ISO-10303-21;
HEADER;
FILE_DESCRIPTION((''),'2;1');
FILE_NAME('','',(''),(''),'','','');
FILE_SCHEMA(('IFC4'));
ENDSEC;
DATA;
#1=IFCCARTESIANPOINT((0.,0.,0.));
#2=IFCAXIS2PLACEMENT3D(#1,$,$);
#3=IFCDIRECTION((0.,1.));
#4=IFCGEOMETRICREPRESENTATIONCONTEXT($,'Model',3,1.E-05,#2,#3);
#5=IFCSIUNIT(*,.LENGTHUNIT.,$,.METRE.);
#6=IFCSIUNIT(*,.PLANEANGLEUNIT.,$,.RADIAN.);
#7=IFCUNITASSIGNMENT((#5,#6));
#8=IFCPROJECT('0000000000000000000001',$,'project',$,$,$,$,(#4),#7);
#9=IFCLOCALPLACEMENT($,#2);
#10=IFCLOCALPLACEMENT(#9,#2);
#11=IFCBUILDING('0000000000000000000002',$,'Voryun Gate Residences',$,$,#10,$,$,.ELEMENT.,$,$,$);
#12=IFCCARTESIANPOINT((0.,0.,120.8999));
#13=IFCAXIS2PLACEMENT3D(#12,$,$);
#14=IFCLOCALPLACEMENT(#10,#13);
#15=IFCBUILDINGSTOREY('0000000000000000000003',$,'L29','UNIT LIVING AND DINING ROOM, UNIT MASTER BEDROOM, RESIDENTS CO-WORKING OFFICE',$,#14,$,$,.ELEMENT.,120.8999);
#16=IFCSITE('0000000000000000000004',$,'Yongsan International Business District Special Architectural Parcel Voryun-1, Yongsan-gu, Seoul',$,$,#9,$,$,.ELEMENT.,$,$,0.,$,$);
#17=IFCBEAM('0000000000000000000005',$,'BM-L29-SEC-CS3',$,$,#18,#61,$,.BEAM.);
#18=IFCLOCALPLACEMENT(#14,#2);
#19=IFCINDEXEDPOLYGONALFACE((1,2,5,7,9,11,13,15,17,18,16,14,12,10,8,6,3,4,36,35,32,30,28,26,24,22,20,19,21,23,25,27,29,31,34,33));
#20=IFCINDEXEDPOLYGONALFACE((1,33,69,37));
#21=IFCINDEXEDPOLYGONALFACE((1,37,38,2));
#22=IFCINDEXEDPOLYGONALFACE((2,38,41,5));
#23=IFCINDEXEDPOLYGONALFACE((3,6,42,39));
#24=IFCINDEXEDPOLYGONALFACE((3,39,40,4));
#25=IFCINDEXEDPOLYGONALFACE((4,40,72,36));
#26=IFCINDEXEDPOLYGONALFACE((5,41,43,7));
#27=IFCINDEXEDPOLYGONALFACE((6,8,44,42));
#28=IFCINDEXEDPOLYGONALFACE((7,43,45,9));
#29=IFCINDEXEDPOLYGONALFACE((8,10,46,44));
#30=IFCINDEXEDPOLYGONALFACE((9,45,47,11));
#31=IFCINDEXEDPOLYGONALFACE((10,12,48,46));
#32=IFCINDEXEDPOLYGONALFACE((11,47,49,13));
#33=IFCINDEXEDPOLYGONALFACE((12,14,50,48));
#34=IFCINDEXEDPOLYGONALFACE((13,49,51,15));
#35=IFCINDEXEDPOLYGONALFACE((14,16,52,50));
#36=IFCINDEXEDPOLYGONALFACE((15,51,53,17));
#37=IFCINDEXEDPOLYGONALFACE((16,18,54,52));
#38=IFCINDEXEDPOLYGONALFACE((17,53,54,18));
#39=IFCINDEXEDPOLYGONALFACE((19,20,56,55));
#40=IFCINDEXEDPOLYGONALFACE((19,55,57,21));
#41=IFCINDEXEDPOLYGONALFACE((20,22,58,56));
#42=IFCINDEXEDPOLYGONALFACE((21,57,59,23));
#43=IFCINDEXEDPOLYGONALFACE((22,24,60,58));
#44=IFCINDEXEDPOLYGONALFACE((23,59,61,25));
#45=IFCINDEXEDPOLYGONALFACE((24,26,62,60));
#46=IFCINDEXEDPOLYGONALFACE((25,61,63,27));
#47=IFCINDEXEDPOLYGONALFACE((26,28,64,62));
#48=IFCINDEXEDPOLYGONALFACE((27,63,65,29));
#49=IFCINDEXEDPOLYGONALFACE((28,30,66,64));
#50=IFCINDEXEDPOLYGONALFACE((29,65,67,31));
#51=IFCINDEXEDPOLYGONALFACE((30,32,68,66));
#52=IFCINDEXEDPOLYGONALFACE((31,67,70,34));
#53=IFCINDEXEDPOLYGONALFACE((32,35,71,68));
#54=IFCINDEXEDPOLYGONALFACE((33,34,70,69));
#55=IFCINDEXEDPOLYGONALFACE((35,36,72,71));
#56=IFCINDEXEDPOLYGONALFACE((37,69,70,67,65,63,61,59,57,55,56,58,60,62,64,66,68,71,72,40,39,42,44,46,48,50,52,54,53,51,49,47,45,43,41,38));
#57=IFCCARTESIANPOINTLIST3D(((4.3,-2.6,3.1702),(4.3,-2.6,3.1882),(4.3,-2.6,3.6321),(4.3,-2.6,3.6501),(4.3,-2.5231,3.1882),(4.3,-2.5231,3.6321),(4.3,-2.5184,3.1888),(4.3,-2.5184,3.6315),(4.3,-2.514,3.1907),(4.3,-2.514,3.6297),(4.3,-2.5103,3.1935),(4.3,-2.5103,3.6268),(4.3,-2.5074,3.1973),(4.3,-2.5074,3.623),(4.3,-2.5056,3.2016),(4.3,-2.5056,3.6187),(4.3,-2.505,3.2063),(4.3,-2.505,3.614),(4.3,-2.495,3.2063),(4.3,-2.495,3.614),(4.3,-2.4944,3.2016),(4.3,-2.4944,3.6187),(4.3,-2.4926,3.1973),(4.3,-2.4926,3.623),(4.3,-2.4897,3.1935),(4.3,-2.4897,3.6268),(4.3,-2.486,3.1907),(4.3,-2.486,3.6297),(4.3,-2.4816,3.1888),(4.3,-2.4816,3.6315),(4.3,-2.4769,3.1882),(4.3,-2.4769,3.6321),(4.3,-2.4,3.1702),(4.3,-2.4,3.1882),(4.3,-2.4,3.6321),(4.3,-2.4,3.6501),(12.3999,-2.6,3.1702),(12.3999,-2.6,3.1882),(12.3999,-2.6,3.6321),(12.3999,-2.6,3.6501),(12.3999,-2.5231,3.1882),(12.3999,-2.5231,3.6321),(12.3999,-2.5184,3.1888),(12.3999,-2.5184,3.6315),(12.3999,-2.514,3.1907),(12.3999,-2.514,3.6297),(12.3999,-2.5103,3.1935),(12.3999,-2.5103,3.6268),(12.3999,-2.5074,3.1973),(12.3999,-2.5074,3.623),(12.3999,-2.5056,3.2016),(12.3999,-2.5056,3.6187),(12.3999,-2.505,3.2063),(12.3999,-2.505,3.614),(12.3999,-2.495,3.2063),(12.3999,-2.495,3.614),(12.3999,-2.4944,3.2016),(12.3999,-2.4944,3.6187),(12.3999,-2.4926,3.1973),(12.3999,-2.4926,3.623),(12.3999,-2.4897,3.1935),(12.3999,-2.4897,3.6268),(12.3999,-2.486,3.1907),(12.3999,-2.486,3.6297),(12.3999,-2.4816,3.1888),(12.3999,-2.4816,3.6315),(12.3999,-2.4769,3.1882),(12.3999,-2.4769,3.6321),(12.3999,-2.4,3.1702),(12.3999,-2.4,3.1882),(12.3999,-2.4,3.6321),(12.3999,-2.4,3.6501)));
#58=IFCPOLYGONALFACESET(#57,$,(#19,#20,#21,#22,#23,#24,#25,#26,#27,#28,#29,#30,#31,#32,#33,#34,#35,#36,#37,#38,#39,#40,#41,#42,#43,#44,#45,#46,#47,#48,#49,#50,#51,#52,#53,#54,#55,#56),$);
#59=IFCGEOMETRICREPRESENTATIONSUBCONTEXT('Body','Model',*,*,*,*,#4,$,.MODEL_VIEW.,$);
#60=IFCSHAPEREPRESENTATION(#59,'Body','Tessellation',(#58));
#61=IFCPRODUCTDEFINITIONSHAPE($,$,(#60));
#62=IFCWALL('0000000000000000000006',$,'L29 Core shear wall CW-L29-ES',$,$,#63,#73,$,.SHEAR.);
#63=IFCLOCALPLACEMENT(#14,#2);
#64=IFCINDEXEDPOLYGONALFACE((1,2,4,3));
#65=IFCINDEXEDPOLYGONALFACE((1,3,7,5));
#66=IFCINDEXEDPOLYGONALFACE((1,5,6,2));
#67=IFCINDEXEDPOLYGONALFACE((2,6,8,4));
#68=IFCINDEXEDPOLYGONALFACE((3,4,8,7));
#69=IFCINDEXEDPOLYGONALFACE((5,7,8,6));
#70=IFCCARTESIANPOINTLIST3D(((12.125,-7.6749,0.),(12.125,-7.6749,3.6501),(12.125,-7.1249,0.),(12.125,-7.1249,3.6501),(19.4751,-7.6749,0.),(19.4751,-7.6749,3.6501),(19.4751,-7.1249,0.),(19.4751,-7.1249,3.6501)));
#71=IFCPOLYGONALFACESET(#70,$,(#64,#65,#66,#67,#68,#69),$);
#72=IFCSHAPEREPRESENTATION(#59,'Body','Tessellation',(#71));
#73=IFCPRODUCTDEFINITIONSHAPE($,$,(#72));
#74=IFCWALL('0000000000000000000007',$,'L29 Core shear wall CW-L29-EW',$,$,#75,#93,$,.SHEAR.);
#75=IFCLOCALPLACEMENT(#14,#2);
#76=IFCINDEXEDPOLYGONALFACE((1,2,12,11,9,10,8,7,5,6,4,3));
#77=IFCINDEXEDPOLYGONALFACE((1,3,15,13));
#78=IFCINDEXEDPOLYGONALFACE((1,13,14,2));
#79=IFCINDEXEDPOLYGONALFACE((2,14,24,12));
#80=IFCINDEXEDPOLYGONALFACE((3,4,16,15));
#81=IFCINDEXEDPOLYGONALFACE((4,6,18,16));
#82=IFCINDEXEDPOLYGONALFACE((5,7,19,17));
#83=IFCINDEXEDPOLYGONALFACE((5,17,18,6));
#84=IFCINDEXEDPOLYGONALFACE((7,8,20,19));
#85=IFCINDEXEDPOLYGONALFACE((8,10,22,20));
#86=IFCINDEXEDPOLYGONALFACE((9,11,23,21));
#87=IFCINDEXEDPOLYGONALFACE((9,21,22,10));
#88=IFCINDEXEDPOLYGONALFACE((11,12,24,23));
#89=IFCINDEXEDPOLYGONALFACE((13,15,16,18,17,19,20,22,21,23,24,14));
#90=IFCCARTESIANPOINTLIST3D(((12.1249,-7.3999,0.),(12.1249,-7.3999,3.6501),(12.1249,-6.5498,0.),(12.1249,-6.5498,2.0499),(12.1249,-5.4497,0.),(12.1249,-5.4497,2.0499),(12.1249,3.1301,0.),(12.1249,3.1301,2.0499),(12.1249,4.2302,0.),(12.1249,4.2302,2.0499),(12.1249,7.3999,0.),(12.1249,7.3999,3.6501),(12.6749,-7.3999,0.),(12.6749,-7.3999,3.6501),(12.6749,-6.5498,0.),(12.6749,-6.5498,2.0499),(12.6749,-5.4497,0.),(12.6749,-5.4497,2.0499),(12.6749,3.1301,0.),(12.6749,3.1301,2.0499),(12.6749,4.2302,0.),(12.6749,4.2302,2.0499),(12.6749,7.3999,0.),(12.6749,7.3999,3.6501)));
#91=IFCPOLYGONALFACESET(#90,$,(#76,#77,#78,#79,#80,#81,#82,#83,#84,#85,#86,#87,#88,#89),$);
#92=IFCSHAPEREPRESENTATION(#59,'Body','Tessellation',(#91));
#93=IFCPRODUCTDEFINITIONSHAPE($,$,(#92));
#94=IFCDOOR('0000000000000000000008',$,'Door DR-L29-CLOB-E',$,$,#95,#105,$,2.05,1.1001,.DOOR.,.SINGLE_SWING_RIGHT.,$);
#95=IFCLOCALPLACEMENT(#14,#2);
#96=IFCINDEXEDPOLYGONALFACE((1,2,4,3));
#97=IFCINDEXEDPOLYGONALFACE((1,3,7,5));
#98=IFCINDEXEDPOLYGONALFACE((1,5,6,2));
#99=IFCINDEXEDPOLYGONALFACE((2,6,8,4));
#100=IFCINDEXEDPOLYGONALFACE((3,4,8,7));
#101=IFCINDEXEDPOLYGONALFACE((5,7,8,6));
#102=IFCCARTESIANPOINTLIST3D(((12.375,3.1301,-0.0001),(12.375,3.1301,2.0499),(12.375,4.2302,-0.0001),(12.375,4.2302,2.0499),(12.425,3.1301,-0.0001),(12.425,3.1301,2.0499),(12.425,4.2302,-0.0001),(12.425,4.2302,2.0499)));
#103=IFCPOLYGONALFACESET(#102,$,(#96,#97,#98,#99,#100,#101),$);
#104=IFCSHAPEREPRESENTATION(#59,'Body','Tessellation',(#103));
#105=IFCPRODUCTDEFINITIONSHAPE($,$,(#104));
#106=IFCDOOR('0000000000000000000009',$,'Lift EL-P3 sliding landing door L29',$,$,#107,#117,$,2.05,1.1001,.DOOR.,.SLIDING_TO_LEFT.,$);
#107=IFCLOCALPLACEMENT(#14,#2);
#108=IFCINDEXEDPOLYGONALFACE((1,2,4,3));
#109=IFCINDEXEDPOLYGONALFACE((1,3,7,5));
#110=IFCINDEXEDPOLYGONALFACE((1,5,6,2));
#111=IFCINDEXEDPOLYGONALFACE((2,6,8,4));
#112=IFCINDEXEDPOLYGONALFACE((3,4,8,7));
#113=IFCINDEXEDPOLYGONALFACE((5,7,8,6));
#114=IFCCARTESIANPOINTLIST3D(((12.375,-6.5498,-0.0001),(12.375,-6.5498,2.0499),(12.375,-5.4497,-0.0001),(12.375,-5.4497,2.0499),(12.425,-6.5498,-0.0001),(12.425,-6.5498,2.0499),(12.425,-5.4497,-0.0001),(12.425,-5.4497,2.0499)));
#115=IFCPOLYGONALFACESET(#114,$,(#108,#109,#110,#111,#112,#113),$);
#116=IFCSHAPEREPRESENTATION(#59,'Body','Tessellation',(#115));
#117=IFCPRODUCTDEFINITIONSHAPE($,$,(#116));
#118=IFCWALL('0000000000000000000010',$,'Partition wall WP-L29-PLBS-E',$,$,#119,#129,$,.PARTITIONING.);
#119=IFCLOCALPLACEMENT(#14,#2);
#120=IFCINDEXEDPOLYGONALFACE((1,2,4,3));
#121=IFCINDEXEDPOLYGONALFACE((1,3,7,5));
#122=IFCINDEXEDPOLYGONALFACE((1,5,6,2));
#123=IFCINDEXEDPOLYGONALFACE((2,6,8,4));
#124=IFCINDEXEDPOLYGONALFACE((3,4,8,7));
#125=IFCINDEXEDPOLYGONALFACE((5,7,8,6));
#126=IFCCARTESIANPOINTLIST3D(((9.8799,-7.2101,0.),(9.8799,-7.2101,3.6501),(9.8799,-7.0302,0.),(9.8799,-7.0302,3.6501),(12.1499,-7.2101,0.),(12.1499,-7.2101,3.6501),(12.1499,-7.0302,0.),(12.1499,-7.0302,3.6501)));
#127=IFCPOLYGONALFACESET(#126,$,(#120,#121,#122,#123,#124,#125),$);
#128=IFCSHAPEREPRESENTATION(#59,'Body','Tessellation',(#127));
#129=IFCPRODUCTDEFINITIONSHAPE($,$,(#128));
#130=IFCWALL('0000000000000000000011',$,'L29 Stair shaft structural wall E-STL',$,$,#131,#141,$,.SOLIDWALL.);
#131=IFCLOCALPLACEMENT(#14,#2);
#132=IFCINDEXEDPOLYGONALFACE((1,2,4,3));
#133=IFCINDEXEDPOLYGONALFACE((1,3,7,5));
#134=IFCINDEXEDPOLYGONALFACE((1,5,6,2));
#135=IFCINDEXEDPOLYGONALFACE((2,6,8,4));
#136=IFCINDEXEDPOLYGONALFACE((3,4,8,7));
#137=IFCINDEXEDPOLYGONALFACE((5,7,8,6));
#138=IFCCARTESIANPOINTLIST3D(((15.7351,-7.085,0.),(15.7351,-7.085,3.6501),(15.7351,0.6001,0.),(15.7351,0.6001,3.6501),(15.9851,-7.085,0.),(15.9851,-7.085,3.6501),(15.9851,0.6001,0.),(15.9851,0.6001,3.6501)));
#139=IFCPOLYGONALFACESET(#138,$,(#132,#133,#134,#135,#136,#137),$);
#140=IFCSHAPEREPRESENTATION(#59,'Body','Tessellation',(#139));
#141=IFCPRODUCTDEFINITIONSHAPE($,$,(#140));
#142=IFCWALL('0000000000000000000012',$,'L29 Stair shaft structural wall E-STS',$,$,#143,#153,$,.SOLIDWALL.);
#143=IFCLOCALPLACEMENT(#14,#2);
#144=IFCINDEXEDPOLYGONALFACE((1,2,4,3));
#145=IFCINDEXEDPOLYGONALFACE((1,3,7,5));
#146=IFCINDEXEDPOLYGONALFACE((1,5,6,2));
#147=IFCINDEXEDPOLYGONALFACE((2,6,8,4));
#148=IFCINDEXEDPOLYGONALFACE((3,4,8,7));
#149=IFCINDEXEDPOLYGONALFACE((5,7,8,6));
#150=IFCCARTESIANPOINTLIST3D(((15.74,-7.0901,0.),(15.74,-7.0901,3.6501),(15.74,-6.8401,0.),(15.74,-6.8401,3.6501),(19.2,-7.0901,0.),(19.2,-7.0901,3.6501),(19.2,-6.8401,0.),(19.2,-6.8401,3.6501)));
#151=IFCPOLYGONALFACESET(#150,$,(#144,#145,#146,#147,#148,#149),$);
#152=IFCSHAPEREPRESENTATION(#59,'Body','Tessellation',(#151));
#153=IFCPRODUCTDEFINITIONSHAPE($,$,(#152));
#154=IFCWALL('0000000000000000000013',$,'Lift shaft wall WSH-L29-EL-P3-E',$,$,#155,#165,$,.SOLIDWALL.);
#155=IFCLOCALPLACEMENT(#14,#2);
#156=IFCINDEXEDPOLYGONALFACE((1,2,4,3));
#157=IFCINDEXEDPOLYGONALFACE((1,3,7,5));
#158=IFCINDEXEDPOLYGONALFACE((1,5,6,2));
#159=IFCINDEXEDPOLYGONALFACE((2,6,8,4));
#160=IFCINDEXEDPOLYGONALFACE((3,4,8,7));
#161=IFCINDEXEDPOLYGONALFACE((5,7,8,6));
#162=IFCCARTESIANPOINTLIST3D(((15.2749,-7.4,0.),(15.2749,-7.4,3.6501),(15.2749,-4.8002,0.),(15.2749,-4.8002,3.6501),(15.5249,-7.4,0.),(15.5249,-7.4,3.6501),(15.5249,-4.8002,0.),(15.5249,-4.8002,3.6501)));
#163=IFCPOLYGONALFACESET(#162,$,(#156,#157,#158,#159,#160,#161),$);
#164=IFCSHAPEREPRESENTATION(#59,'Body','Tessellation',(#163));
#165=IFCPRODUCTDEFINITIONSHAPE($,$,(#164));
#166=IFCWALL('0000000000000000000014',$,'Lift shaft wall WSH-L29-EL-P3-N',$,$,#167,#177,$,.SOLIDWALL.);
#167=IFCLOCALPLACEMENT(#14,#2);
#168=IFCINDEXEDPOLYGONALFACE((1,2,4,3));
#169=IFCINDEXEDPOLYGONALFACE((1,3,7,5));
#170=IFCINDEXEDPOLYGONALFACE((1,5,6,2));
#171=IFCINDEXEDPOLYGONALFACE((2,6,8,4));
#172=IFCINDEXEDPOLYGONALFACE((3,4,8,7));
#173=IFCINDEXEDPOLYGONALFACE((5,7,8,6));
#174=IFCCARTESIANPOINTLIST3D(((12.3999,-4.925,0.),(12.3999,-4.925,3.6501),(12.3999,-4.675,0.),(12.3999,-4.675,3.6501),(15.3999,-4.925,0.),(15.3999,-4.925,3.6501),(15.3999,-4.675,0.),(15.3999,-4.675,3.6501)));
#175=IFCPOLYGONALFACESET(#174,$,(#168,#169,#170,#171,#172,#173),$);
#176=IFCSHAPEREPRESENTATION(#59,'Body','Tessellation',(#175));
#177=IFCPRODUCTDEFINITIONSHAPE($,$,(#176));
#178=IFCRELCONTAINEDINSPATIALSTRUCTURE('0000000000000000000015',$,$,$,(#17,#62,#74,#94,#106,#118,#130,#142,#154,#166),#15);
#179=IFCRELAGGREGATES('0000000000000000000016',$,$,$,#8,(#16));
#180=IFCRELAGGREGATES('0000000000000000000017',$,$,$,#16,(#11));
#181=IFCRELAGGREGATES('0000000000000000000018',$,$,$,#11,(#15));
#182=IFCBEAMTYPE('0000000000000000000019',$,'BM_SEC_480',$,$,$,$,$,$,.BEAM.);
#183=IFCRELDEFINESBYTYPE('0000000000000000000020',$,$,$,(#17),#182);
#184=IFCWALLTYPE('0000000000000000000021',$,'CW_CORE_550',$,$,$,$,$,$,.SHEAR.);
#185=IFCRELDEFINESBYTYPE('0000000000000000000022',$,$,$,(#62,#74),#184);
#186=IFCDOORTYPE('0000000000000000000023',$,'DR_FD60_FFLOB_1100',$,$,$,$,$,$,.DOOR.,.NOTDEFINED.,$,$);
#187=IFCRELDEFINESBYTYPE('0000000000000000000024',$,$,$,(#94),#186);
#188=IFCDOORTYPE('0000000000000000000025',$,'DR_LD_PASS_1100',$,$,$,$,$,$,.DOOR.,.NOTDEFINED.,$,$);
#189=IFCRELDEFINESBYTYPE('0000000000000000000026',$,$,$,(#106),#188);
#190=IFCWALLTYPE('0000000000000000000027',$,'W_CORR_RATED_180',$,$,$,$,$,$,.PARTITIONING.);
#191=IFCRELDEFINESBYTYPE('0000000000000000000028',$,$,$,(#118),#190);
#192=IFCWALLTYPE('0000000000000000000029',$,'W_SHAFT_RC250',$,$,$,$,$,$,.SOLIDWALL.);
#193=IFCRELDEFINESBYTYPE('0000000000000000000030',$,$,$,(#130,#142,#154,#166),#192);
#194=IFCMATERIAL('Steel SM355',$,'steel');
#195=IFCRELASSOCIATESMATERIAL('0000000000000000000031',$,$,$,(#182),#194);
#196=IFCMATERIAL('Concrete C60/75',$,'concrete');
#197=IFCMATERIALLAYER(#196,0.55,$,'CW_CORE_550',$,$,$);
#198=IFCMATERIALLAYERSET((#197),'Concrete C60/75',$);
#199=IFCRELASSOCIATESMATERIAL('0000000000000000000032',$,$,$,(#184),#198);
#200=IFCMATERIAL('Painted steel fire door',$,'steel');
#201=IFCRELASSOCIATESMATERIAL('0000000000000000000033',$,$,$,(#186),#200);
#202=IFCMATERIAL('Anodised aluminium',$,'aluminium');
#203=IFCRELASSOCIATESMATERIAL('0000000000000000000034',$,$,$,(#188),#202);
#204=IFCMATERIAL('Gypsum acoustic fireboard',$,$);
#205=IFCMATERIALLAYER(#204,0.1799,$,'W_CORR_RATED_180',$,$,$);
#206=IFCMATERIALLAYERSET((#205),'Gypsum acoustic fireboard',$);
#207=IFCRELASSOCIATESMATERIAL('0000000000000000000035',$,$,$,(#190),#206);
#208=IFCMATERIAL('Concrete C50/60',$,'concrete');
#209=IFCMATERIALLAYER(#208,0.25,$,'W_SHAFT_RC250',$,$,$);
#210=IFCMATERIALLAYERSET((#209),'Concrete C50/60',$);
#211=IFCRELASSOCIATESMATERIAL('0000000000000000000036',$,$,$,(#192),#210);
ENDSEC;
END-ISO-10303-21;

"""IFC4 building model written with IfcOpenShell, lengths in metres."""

from ifc_helpers import new_model, si_unit, direction, frame, frame_2d, origin, origin_2d, place, context, subcontext, project, spatial, rectangle, i_section, extrude, material, layer, layer_set, material_profile, profile_set, type_object, element, fill, save


model = new_model("IFC4")

# Units and contexts
model_context = context("Model", 3, precision=1e-05, world=origin(), true_north=direction((0.0, 1.0)))
body_context = subcontext(model_context, "Body", "Model", "MODEL_VIEW")
ifc_project = project(units=[si_unit("LENGTHUNIT", "METRE"), si_unit("PLANEANGLEUNIT", "RADIAN")], contexts=[model_context])

# Site, building, storey
site_placement = place(None, origin())
site = spatial("IfcSite", under=ifc_project, at=site_placement, Name="Yongsan International Business District Special Architectural Parcel Voryun-1, Yongsan-gu, Seoul", CompositionType="ELEMENT", RefElevation=0.0)
building_placement = place(site_placement, origin())
building = spatial("IfcBuilding", under=site, at=building_placement, Name="Voryun Gate Residences", CompositionType="ELEMENT")
storey_placement = place(building_placement, frame((0.0, 0.0, 120.8999)))
storey = spatial("IfcBuildingStorey", under=building, at=storey_placement, Name="L29", Description="UNIT LIVING AND DINING ROOM, UNIT MASTER BEDROOM, RESIDENTS CO-WORKING OFFICE", CompositionType="ELEMENT", Elevation=120.8999)

# Beam
ifc_material_1 = material(Name="Steel SM355", Category="steel")
ifc_material_profile_1 = material_profile(ifc_material_1, i_section(OverallWidth=0.2, OverallDepth=0.48, WebThickness=0.01, FlangeThickness=0.0181, FilletRadius=0.0181, at=origin_2d()), Name="H-480x200x10x18")
ifc_profile_set_1 = profile_set([ifc_material_profile_1], Name="Steel SM355")
beam_type_1 = type_object("IfcBeamType", Name="BM_SEC_480", PredefinedType="BEAM", material=ifc_profile_set_1)
beam_1_placement = place(storey_placement, frame((4.3, -2.5, 3.4102), z_axis=(1.0, 0.0, 0.0), x_axis=(0.0, 1.0, 0.0)))
element("IfcBeam", 1, at=beam_1_placement, inside=storey, type_object=beam_type_1, Name="BM-L29-SEC-CS3", PredefinedType="BEAM", context=body_context, shape_type="SweptSolid", body=[
    extrude(i_section(OverallWidth=0.2, OverallDepth=0.48, WebThickness=0.01, FlangeThickness=0.0181, FilletRadius=0.0181, at=origin_2d()), origin(), (0.0, 0.0, 1.0), 8.0999),
])

# Wall
ifc_material_2 = material(Name="Concrete C60/75", Category="concrete")
ifc_layer_1 = layer(ifc_material_2, 0.55, Name="CW_CORE_550")
ifc_layer_set_1 = layer_set([ifc_layer_1], Name="Concrete C60/75")
wall_type_1 = type_object("IfcWallType", Name="CW_CORE_550", PredefinedType="SHEAR", material=ifc_layer_set_1)
wall_1_placement = place(storey_placement, frame((12.125, -7.3999, 0.0), z_axis=(0.0, 0.0, 1.0), x_axis=(1.0, 0.0, 0.0)))
element("IfcWall", 2, at=wall_1_placement, inside=storey, type_object=wall_type_1, Name="L29 Core shear wall CW-L29-ES", PredefinedType="SHEAR", context=body_context, shape_type="SweptSolid", body=[
    extrude(rectangle(XDim=7.3501, YDim=0.55, at=frame_2d((3.675, 0.0))), origin(), (0.0, 0.0, 1.0), 3.6501),
])

# Wall, openings, doors
wall_2_placement = place(storey_placement, frame((12.3999, -7.3999, 0.0), z_axis=(0.0, 0.0, 1.0), x_axis=(0.0, 1.0, 0.0)))
wall_2 = element("IfcWall", 3, at=wall_2_placement, inside=storey, type_object=wall_type_1, Name="L29 Core shear wall CW-L29-EW", PredefinedType="SHEAR", context=body_context, shape_type="SweptSolid", body=[
    extrude(rectangle(XDim=14.7998, YDim=0.55, at=frame_2d((7.3999, 0.0))), origin(), (0.0, 0.0, 1.0), 3.6501),
])
opening_1_placement = place(wall_2_placement, frame((0.8501, 0.0, 0.0)))
opening_1 = element("IfcOpeningElement", 4, at=opening_1_placement, cuts=wall_2, PredefinedType="OPENING", context=body_context, shape_type="SweptSolid", body=[
    extrude(rectangle(XDim=1.1001, YDim=2.05, at=frame_2d((0.55, 1.0249))), frame((0.0, 0.2849, 0.0), z_axis=(0.0, -1.0, 0.0), x_axis=(1.0, 0.0, 0.0)), (0.0, 0.0, 1.0), 0.5701),
])
opening_2_placement = place(wall_2_placement, frame((10.53, 0.0, 0.0)))
opening_2 = element("IfcOpeningElement", 5, at=opening_2_placement, cuts=wall_2, PredefinedType="OPENING", context=body_context, shape_type="SweptSolid", body=[
    extrude(rectangle(XDim=1.1001, YDim=2.05, at=frame_2d((0.55, 1.0249))), frame((0.0, 0.2849, 0.0), z_axis=(0.0, -1.0, 0.0), x_axis=(1.0, 0.0, 0.0)), (0.0, 0.0, 1.0), 0.5701),
])
ifc_material_3 = material(Name="Painted steel fire door", Category="steel")
door_type_1 = type_object("IfcDoorType", Name="DR_FD60_FFLOB_1100", OperationType="NOTDEFINED", PredefinedType="DOOR", material=ifc_material_3)
door_1_placement = place(opening_2_placement, origin())
door_1 = element("IfcDoor", 6, at=door_1_placement, inside=storey, type_object=door_type_1, Name="Door DR-L29-CLOB-E", OperationType="SINGLE_SWING_RIGHT", OverallHeight=2.05, OverallWidth=1.1001, PredefinedType="DOOR", context=body_context, shape_type="SweptSolid", body=[
    extrude(rectangle(XDim=1.1001, YDim=2.05, at=frame_2d((0.55, 1.0249))), frame((0.0, 0.0249, 0.0), z_axis=(0.0, -1.0, 0.0), x_axis=(1.0, 0.0, 0.0)), (0.0, 0.0, 1.0), 0.05),
])
fill(opening_2, door_1)
ifc_material_4 = material(Name="Anodised aluminium", Category="aluminium")
door_type_2 = type_object("IfcDoorType", Name="DR_LD_PASS_1100", OperationType="NOTDEFINED", PredefinedType="DOOR", material=ifc_material_4)
door_2_placement = place(opening_1_placement, origin())
door_2 = element("IfcDoor", 7, at=door_2_placement, inside=storey, type_object=door_type_2, Name="Lift EL-P3 sliding landing door L29", OperationType="SLIDING_TO_LEFT", OverallHeight=2.05, OverallWidth=1.1001, PredefinedType="DOOR", context=body_context, shape_type="SweptSolid", body=[
    extrude(rectangle(XDim=1.1001, YDim=2.05, at=frame_2d((0.55, 1.0249))), frame((0.0, 0.0249, 0.0), z_axis=(0.0, -1.0, 0.0), x_axis=(1.0, 0.0, 0.0)), (0.0, 0.0, 1.0), 0.05),
])
fill(opening_1, door_2)

# Walls
ifc_material_5 = material(Name="Gypsum acoustic fireboard")
ifc_layer_2 = layer(ifc_material_5, 0.1799, Name="W_CORR_RATED_180")
ifc_layer_set_2 = layer_set([ifc_layer_2], Name="Gypsum acoustic fireboard")
wall_type_2 = type_object("IfcWallType", Name="W_CORR_RATED_180", PredefinedType="PARTITIONING", material=ifc_layer_set_2)
wall_3_placement = place(storey_placement, frame((9.8799, -7.1201, 0.0), z_axis=(0.0, 0.0, 1.0), x_axis=(1.0, 0.0, 0.0)))
element("IfcWall", 8, at=wall_3_placement, inside=storey, type_object=wall_type_2, Name="Partition wall WP-L29-PLBS-E", PredefinedType="PARTITIONING", context=body_context, shape_type="SweptSolid", body=[
    extrude(rectangle(XDim=2.27, YDim=0.1799, at=frame_2d((1.135, 0.0))), origin(), (0.0, 0.0, 1.0), 3.6501),
])
ifc_material_6 = material(Name="Concrete C50/60", Category="concrete")
ifc_layer_3 = layer(ifc_material_6, 0.25, Name="W_SHAFT_RC250")
ifc_layer_set_3 = layer_set([ifc_layer_3], Name="Concrete C50/60")
wall_type_3 = type_object("IfcWallType", Name="W_SHAFT_RC250", PredefinedType="SOLIDWALL", material=ifc_layer_set_3)
wall_4_placement = place(storey_placement, frame((15.8601, -7.085, 0.0), z_axis=(0.0, 0.0, 1.0), x_axis=(0.0, 1.0, 0.0)))
element("IfcWall", 9, at=wall_4_placement, inside=storey, type_object=wall_type_3, Name="L29 Stair shaft structural wall E-STL", PredefinedType="SOLIDWALL", context=body_context, shape_type="SweptSolid", body=[
    extrude(rectangle(XDim=7.6851, YDim=0.25, at=frame_2d((3.8425, 0.0))), origin(), (0.0, 0.0, 1.0), 3.6501),
])
wall_5_placement = place(storey_placement, frame((15.74, -6.9651, 0.0), z_axis=(0.0, 0.0, 1.0), x_axis=(1.0, 0.0, 0.0)))
element("IfcWall", 10, at=wall_5_placement, inside=storey, type_object=wall_type_3, Name="L29 Stair shaft structural wall E-STS", PredefinedType="SOLIDWALL", context=body_context, shape_type="SweptSolid", body=[
    extrude(rectangle(XDim=3.46, YDim=0.25, at=frame_2d((1.73, 0.0))), origin(), (0.0, 0.0, 1.0), 3.6501),
])
wall_6_placement = place(storey_placement, frame((15.3999, -7.3999, 0.0), z_axis=(0.0, 0.0, 1.0), x_axis=(0.0, 1.0, 0.0)))
element("IfcWall", 11, at=wall_6_placement, inside=storey, type_object=wall_type_3, Name="Lift shaft wall WSH-L29-EL-P3-E", PredefinedType="SOLIDWALL", context=body_context, shape_type="SweptSolid", body=[
    extrude(rectangle(XDim=2.5999, YDim=0.25, at=frame_2d((1.2998, 0.0))), origin(), (0.0, 0.0, 1.0), 3.6501),
])
wall_7_placement = place(storey_placement, frame((15.3999, -4.8, 0.0), z_axis=(0.0, 0.0, 1.0), x_axis=(-1.0, 0.0, 0.0)))
element("IfcWall", 12, at=wall_7_placement, inside=storey, type_object=wall_type_3, Name="Lift shaft wall WSH-L29-EL-P3-N", PredefinedType="SOLIDWALL", context=body_context, shape_type="SweptSolid", body=[
    extrude(rectangle(XDim=3.0, YDim=0.25, at=frame_2d((1.5, 0.0))), origin(), (0.0, 0.0, 1.0), 3.6501),
])

save(model, "model.ifc")
